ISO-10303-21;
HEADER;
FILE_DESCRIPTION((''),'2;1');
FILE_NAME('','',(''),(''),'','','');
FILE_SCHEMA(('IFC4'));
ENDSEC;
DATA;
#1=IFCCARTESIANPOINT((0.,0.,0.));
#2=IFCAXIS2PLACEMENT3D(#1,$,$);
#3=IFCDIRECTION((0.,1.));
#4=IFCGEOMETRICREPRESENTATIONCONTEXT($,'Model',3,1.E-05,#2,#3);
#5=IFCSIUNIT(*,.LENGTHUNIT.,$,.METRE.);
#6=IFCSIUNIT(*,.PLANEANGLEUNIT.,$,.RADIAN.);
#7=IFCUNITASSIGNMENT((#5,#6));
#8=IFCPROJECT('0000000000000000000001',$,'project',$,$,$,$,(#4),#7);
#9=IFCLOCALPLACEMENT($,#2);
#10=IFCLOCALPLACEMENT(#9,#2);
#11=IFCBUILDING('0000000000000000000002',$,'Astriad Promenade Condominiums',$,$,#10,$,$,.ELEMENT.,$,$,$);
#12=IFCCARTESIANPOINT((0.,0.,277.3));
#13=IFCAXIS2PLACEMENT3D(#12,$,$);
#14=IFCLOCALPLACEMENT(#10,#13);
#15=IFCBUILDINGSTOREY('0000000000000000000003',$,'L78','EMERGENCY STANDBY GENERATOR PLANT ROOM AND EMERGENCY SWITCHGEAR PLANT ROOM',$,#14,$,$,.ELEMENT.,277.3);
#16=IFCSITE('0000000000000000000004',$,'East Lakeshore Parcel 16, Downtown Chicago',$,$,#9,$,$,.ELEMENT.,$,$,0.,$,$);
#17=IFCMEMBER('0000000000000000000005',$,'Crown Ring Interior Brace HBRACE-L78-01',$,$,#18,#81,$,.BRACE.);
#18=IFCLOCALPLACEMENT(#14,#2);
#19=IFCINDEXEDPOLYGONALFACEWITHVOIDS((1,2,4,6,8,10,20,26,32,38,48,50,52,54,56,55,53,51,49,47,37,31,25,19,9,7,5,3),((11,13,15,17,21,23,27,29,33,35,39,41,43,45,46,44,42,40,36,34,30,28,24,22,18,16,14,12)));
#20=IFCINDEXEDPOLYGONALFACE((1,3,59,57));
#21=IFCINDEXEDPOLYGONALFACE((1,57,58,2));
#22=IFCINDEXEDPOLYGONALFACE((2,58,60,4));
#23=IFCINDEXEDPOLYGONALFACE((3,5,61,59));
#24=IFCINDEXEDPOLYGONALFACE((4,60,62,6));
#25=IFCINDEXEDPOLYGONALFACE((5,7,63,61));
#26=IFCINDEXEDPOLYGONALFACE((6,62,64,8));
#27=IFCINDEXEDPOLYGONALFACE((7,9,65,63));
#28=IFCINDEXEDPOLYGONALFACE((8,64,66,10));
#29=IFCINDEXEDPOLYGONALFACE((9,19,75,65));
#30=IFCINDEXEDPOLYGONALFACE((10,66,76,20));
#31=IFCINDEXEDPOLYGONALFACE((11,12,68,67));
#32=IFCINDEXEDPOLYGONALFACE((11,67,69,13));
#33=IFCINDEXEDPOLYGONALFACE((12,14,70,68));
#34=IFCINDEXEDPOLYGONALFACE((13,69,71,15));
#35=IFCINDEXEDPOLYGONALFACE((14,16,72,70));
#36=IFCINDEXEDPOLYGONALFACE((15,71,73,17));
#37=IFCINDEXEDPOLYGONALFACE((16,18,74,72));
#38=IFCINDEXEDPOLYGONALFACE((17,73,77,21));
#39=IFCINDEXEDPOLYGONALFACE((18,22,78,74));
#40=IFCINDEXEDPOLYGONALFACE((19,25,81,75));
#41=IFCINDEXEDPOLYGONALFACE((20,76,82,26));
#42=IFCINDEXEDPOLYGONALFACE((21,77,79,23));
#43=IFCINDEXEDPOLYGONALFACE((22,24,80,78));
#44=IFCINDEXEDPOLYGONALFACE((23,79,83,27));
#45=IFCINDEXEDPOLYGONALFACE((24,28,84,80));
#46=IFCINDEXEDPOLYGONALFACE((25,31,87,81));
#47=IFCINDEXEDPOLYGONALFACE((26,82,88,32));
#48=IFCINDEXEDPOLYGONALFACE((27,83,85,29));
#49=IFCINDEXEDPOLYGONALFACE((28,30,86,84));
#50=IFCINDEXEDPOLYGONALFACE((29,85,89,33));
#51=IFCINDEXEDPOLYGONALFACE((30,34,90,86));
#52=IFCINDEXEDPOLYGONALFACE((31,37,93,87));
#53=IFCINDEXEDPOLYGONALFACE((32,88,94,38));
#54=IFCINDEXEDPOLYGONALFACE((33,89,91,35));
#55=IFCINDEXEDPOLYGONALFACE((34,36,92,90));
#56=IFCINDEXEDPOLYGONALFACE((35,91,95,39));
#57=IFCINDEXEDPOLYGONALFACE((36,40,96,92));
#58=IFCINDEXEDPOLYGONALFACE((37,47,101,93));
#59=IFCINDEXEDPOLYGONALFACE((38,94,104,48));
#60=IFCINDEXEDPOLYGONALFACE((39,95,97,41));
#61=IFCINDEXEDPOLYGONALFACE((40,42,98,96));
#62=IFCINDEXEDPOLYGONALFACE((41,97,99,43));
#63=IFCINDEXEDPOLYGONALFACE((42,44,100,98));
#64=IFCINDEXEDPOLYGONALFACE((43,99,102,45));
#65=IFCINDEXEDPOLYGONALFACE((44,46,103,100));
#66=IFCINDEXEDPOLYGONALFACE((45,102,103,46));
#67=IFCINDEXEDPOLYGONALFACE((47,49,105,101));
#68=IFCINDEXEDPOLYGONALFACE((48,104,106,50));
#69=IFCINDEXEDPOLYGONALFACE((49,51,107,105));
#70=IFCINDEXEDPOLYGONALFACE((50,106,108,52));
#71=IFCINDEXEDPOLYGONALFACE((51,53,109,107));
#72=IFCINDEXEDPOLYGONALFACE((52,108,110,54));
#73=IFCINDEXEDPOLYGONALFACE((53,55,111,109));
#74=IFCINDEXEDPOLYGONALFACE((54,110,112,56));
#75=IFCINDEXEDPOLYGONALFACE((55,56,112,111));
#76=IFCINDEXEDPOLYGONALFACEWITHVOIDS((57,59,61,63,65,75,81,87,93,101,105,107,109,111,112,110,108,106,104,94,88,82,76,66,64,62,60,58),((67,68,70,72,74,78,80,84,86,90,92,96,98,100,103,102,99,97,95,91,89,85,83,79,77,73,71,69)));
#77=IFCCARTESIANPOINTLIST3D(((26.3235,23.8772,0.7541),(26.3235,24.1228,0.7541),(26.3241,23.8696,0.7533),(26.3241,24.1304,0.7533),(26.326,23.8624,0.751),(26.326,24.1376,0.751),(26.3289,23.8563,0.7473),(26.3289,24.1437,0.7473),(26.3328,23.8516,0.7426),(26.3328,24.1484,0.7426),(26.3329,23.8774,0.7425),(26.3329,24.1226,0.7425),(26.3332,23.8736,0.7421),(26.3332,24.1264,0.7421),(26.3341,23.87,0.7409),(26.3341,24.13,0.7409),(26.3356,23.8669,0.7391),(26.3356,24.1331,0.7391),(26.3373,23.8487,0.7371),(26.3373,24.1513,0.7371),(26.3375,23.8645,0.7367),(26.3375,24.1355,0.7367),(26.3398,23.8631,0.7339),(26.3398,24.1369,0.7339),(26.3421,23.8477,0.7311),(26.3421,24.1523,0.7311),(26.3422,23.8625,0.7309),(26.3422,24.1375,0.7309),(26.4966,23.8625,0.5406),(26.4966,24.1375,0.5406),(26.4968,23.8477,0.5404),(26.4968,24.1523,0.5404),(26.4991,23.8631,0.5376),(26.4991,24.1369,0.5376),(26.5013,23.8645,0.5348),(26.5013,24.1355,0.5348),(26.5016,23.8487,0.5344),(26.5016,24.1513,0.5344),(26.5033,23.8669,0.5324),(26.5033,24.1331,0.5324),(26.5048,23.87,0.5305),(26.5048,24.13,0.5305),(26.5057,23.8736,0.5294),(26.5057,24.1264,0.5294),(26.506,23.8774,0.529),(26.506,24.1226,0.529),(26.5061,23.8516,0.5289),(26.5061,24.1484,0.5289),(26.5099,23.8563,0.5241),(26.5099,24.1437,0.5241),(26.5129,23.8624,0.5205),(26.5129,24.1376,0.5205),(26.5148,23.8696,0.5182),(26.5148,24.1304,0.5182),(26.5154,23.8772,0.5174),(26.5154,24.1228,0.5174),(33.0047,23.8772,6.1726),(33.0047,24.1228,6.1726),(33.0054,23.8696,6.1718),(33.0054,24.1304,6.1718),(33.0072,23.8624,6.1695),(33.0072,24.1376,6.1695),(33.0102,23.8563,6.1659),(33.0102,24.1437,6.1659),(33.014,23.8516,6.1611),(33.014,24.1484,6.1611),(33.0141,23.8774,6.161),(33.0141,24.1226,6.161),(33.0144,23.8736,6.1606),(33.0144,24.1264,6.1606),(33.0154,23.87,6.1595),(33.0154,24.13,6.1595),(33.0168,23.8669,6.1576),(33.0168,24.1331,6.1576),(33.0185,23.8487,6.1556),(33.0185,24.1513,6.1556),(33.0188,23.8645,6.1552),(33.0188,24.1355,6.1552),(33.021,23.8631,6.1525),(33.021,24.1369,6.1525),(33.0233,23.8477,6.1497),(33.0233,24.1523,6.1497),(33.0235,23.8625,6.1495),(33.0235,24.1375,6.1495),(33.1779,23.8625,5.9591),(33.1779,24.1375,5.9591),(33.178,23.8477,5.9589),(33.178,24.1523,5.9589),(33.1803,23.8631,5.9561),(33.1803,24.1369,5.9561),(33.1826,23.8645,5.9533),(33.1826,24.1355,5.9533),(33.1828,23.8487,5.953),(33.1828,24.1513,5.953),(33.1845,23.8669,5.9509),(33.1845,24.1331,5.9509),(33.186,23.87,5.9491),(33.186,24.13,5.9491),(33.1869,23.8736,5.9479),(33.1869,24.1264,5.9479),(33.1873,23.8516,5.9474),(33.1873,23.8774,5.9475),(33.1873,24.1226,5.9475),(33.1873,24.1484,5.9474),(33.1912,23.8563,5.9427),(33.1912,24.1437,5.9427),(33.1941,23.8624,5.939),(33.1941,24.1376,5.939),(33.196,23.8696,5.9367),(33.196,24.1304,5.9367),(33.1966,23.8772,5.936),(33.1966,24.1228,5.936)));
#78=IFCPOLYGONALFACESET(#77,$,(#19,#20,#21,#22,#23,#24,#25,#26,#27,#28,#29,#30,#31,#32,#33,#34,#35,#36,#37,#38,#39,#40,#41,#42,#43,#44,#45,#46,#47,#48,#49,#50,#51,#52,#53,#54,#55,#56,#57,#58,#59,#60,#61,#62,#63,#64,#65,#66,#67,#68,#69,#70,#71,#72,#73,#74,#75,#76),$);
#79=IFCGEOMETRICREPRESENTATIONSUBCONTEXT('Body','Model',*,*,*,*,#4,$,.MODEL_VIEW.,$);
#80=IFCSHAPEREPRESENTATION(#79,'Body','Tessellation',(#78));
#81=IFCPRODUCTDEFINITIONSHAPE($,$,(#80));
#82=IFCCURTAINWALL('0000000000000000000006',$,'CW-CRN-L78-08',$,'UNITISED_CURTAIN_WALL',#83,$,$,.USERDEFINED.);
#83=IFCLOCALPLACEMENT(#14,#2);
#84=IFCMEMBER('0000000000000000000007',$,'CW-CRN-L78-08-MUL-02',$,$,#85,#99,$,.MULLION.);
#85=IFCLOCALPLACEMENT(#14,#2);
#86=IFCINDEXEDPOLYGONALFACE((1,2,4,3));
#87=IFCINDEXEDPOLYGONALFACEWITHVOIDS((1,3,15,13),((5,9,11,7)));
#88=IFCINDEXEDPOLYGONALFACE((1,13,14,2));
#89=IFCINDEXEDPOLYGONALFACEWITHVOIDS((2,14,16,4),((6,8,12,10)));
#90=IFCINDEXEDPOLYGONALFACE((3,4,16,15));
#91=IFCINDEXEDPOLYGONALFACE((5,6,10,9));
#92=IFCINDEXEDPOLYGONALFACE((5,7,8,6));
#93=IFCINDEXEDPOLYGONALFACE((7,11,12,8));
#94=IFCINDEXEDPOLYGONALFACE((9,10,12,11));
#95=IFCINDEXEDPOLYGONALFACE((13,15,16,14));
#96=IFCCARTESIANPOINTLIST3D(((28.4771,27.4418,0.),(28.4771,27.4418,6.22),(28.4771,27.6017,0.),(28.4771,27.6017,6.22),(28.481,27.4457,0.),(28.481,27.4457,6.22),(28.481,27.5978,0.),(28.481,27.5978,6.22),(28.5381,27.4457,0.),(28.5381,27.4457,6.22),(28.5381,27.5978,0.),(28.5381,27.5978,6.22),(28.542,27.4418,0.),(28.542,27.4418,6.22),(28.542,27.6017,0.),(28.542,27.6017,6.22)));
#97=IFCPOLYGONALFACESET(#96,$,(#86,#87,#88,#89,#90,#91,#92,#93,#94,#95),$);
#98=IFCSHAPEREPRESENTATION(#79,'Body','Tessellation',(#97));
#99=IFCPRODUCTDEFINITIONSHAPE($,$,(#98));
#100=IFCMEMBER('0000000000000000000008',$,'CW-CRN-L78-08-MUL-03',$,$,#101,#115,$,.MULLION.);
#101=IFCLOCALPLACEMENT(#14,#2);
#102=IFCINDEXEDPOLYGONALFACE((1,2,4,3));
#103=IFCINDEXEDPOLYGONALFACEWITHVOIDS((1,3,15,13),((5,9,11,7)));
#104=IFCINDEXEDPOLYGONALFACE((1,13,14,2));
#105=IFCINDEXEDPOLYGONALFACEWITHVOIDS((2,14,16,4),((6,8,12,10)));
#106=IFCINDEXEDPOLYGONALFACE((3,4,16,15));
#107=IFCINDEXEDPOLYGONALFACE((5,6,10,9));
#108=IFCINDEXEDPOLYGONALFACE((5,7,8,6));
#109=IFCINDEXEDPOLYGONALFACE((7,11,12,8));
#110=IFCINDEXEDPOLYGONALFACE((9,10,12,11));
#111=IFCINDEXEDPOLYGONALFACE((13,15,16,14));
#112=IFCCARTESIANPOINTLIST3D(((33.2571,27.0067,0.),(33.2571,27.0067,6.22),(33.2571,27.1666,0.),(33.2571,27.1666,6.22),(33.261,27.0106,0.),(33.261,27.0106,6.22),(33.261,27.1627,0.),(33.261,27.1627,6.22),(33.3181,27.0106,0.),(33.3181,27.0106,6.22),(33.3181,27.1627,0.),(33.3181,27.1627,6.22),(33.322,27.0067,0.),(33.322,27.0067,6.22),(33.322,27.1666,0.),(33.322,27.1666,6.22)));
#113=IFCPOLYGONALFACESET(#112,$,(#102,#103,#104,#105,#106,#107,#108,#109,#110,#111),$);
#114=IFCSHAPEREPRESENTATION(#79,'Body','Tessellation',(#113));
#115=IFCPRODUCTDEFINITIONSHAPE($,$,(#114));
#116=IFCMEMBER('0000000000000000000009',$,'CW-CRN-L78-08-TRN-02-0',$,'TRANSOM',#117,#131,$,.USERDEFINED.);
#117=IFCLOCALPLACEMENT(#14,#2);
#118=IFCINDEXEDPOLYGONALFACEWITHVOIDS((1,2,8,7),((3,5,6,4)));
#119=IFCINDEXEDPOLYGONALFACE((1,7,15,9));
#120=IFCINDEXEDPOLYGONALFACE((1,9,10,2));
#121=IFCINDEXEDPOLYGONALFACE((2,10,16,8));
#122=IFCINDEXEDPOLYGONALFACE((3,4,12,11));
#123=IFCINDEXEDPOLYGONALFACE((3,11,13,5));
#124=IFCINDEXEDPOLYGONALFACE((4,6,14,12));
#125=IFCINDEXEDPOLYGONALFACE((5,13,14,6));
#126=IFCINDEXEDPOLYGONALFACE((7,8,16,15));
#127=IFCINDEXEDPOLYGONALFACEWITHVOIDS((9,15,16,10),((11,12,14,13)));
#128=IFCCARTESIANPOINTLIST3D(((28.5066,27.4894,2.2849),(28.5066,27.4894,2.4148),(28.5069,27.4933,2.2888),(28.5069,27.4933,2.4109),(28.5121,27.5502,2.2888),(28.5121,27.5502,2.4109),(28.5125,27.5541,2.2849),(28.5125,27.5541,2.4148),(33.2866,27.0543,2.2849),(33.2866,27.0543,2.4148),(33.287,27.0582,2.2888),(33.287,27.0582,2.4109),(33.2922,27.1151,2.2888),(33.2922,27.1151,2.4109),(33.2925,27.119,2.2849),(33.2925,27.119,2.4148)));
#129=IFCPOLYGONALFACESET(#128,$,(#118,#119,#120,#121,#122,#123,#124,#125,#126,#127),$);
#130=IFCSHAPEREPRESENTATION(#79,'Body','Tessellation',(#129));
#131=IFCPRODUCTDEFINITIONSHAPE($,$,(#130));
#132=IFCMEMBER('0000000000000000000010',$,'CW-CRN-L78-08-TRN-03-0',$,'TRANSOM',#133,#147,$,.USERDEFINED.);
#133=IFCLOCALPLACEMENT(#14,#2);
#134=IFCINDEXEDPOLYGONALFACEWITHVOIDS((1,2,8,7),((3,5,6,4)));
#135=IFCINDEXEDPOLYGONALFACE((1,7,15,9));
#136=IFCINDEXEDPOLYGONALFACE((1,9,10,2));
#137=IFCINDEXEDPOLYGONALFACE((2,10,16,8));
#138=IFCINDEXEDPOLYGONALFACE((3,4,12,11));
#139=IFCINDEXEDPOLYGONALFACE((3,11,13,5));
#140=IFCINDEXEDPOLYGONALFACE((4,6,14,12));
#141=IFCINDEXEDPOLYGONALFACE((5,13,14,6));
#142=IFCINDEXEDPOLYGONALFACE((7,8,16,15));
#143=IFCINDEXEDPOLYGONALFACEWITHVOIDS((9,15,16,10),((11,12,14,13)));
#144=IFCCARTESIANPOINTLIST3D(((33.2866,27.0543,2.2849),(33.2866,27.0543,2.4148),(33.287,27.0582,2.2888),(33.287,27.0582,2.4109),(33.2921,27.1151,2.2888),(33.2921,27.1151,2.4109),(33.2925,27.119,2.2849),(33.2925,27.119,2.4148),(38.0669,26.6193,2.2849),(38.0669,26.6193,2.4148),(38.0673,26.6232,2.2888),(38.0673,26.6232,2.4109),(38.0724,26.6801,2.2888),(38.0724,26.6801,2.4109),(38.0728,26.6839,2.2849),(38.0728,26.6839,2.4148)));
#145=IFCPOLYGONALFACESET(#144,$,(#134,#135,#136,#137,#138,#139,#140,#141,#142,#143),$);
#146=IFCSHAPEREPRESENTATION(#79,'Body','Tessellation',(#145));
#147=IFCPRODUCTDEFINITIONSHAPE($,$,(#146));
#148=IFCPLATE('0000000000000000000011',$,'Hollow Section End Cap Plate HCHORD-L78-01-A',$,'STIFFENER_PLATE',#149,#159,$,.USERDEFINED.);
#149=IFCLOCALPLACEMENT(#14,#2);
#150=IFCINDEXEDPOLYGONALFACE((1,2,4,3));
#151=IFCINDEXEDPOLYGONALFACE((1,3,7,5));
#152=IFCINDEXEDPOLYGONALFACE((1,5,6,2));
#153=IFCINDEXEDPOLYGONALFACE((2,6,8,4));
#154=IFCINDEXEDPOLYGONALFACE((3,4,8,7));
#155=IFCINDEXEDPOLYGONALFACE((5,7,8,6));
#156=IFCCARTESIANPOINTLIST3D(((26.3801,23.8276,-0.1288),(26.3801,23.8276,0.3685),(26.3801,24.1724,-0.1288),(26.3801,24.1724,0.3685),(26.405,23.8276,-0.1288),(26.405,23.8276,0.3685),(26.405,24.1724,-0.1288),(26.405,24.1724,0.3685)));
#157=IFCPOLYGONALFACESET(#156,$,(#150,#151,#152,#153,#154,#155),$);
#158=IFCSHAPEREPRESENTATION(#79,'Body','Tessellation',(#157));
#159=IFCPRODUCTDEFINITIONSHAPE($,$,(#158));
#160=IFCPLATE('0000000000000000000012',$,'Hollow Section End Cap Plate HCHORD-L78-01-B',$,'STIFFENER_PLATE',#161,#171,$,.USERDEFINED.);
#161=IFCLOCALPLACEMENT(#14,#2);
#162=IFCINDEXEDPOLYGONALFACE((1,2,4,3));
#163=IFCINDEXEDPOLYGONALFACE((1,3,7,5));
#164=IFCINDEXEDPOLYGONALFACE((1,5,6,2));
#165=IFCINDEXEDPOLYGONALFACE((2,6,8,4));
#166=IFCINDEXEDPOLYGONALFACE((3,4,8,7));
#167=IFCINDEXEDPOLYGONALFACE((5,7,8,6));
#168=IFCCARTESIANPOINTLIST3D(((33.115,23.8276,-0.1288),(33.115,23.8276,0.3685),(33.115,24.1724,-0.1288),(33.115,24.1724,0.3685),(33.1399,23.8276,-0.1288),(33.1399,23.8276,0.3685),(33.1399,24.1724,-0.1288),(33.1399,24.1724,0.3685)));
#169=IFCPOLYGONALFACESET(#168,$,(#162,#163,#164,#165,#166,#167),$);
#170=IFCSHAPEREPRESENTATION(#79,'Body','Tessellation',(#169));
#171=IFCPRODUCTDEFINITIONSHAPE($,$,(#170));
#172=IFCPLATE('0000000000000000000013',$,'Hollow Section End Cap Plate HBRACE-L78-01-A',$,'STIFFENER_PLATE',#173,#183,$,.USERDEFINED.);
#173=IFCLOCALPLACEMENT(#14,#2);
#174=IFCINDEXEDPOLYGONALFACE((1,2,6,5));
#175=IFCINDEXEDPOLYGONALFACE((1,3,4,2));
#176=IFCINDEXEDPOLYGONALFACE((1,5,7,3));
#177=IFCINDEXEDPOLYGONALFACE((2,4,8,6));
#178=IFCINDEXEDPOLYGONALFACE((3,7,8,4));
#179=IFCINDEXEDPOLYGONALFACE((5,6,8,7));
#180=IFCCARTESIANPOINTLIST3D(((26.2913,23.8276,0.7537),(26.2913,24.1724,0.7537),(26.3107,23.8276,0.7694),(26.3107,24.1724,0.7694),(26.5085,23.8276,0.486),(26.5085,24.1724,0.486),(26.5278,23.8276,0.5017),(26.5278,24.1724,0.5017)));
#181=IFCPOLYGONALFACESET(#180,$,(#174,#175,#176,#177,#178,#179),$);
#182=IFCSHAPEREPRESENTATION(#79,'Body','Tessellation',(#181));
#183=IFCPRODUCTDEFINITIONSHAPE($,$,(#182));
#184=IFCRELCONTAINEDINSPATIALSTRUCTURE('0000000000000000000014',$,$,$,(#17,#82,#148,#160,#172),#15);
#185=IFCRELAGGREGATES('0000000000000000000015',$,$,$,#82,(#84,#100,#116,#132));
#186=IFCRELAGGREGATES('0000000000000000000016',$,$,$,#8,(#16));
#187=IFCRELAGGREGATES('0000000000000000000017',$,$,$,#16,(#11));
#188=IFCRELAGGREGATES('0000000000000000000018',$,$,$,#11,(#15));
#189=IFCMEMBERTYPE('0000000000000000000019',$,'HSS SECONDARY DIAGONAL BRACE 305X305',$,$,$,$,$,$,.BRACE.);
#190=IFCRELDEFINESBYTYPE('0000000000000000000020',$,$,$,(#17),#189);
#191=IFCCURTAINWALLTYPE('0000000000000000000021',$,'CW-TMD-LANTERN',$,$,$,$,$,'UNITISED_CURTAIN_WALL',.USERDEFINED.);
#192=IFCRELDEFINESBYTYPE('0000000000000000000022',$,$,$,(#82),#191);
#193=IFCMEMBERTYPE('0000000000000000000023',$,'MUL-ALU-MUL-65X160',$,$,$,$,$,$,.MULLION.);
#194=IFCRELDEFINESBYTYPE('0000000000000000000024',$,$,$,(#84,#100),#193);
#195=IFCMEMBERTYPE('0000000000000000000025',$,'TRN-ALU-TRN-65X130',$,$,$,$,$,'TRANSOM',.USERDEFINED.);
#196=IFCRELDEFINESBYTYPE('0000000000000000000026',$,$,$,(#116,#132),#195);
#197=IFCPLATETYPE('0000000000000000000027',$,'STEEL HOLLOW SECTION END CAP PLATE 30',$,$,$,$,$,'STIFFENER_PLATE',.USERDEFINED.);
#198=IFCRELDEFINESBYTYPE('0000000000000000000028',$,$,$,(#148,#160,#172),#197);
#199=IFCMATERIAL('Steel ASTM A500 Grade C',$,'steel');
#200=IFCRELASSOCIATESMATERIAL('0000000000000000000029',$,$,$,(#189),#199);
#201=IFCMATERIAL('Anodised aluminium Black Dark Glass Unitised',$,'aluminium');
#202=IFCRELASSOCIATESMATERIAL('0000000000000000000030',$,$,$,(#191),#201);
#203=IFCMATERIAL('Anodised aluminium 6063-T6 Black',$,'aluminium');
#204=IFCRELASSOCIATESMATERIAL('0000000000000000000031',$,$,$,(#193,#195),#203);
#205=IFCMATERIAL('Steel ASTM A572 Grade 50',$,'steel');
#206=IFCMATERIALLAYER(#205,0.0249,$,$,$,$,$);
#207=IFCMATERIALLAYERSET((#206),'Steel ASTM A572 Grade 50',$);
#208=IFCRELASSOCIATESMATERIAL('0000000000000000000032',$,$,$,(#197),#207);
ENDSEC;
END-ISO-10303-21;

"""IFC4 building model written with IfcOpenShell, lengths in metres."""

from ifc_helpers import new_model, si_unit, direction, frame, origin, origin_2d, place, context, subcontext, project, spatial, rectangle, hollow_rectangle, extrude, source, transform, mapped, material, layer, layer_set, material_profile, profile_set, type_object, type_shapes, element, aggregate, save


model = new_model("IFC4")

# Units and contexts
model_context = context("Model", 3, precision=1e-05, world=origin(), true_north=direction((0.0, 1.0)))
body_context = subcontext(model_context, "Body", "Model", "MODEL_VIEW")
ifc_project = project(units=[si_unit("LENGTHUNIT", "METRE"), si_unit("PLANEANGLEUNIT", "RADIAN")], contexts=[model_context])

# Site, building, storey
site_placement = place(None, origin())
site = spatial("IfcSite", under=ifc_project, at=site_placement, Name="East Lakeshore Parcel 16, Downtown Chicago", CompositionType="ELEMENT", RefElevation=0.0)
building_placement = place(site_placement, origin())
building = spatial("IfcBuilding", under=site, at=building_placement, Name="Astriad Promenade Condominiums", CompositionType="ELEMENT")
storey_placement = place(building_placement, frame((0.0, 0.0, 277.3)))
storey = spatial("IfcBuildingStorey", under=building, at=storey_placement, Name="L78", Description="EMERGENCY STANDBY GENERATOR PLANT ROOM AND EMERGENCY SWITCHGEAR PLANT ROOM", CompositionType="ELEMENT", Elevation=277.3)

# Member
ifc_material_1 = material(Name="Steel ASTM A500 Grade C", Category="steel")
ifc_material_profile_1 = material_profile(ifc_material_1, hollow_rectangle(XDim=0.3047, YDim=0.3047, WallThickness=0.0149, InnerFilletRadius=0.0149, OuterFilletRadius=0.0295, at=origin_2d()), Name="HSS305X305X15.9")
ifc_profile_set_1 = profile_set([ifc_material_profile_1], Name="Steel ASTM A500 Grade C")
member_type_1 = type_object("IfcMemberType", Name="HSS SECONDARY DIAGONAL BRACE 305X305", PredefinedType="BRACE", material=ifc_profile_set_1)
shared_shape_1 = source(origin(), body_context, "Body", "SweptSolid", [
    extrude(hollow_rectangle(XDim=0.3047, YDim=0.3047, WallThickness=0.0149, InnerFilletRadius=0.0149, OuterFilletRadius=0.0295, at=origin_2d()), origin(), (0.0, 0.0, 1.0), 8.6023),
])
type_shapes(member_type_1, [shared_shape_1])
member_1_placement = place(storey_placement, frame((26.4194, 24.0, 0.6357), z_axis=(0.776681, 0.0, 0.629894), x_axis=(0.0, 1.0, 0.0)))
element("IfcMember", 1, at=member_1_placement, inside=storey, type_object=member_type_1, Name="Crown Ring Interior Brace HBRACE-L78-01", PredefinedType="BRACE", context=body_context, shape_type="MappedRepresentation", body=[
    mapped(shared_shape_1, transform((0.0, 0.0, 0.0), scale=1.0)),
])

# Curtain wall, members
ifc_material_2 = material(Name="Anodised aluminium Black Dark Glass Unitised", Category="aluminium")
curtain_wall_type = type_object("IfcCurtainWallType", Name="CW-TMD-LANTERN", ElementType="UNITISED_CURTAIN_WALL", PredefinedType="USERDEFINED", material=ifc_material_2)
curtain_wall_placement = place(storey_placement, origin())
curtain_wall = element("IfcCurtainWall", 2, at=curtain_wall_placement, inside=storey, type_object=curtain_wall_type, Name="CW-CRN-L78-08", ObjectType="UNITISED_CURTAIN_WALL", PredefinedType="USERDEFINED")
ifc_material_3 = material(Name="Anodised aluminium 6063-T6 Black", Category="aluminium")
ifc_material_profile_2 = material_profile(ifc_material_3, hollow_rectangle(XDim=0.0649, YDim=0.1599, WallThickness=0.0039, at=origin_2d()), Name="ALU-MUL-65X160")
ifc_profile_set_2 = profile_set([ifc_material_profile_2], Name="Anodised aluminium 6063-T6 Black")
member_type_2 = type_object("IfcMemberType", Name="MUL-ALU-MUL-65X160", PredefinedType="MULLION", material=ifc_profile_set_2)
shared_shape_2 = source(origin(), body_context, "Body", "SweptSolid", [
    extrude(hollow_rectangle(XDim=0.0649, YDim=0.1599, WallThickness=0.0039, at=origin_2d()), origin(), (0.0, 0.0, 1.0), 6.22),
])
type_shapes(member_type_2, [shared_shape_2])
member_2_placement = place(storey_placement, frame((28.5095, 27.5217, 0.0), z_axis=(0.0, 0.0, 1.0), x_axis=(1.0, 0.0, 0.0)))
member_2 = element("IfcMember", 3, at=member_2_placement, type_object=member_type_2, Name="CW-CRN-L78-08-MUL-02", PredefinedType="MULLION", context=body_context, shape_type="MappedRepresentation", body=[
    mapped(shared_shape_2, transform((0.0, 0.0, 0.0), scale=1.0)),
])
member_3_placement = place(storey_placement, frame((33.2896, 27.0867, 0.0), z_axis=(0.0, 0.0, 1.0), x_axis=(1.0, 0.0, 0.0)))
member_3 = element("IfcMember", 4, at=member_3_placement, type_object=member_type_2, Name="CW-CRN-L78-08-MUL-03", PredefinedType="MULLION", context=body_context, shape_type="MappedRepresentation", body=[
    mapped(shared_shape_2, transform((0.0, 0.0, 0.0), scale=1.0)),
])
ifc_material_profile_3 = material_profile(ifc_material_3, hollow_rectangle(XDim=0.0649, YDim=0.1299, WallThickness=0.0039, at=origin_2d()), Name="ALU-TRN-65X130")
ifc_profile_set_3 = profile_set([ifc_material_profile_3], Name="Anodised aluminium 6063-T6 Black")
member_type_3 = type_object("IfcMemberType", Name="TRN-ALU-TRN-65X130", ElementType="TRANSOM", PredefinedType="USERDEFINED", material=ifc_profile_set_3)
shared_shape_3 = source(origin(), body_context, "Body", "SweptSolid", [
    extrude(hollow_rectangle(XDim=0.0649, YDim=0.1299, WallThickness=0.0039, at=origin_2d()), origin(), (0.0, 0.0, 1.0), 4.7998),
])
member_4_placement = place(storey_placement, frame((28.5095, 27.5217, 2.3499), z_axis=(0.995884, -0.090641, 0.0), x_axis=(0.090641, 0.995884, 0.0)))
member_4 = element("IfcMember", 5, at=member_4_placement, type_object=member_type_3, Name="CW-CRN-L78-08-TRN-02-0", ObjectType="TRANSOM", PredefinedType="USERDEFINED", context=body_context, shape_type="MappedRepresentation", body=[
    mapped(shared_shape_3, transform((0.0, 0.0, 0.0), scale=1.0)),
])
shared_shape_4 = source(origin(), body_context, "Body", "SweptSolid", [
    extrude(hollow_rectangle(XDim=0.0649, YDim=0.1299, WallThickness=0.0039, at=origin_2d()), origin(), (0.0, 0.0, 1.0), 4.8),
])
type_shapes(member_type_3, [shared_shape_3, shared_shape_4])
member_5_placement = place(storey_placement, frame((33.2896, 27.0867, 2.3499), z_axis=(0.995884, -0.090637, 0.0), x_axis=(0.090637, 0.995884, 0.0)))
member_5 = element("IfcMember", 6, at=member_5_placement, type_object=member_type_3, Name="CW-CRN-L78-08-TRN-03-0", ObjectType="TRANSOM", PredefinedType="USERDEFINED", context=body_context, shape_type="MappedRepresentation", body=[
    mapped(shared_shape_4, transform((0.0, 0.0, 0.0), scale=1.0)),
])

# Plates
ifc_material_4 = material(Name="Steel ASTM A572 Grade 50", Category="steel")
ifc_layer_1 = layer(ifc_material_4, 0.0249)
ifc_layer_set_1 = layer_set([ifc_layer_1], Name="Steel ASTM A572 Grade 50")
plate_type_1 = type_object("IfcPlateType", Name="STEEL HOLLOW SECTION END CAP PLATE 30", ElementType="STIFFENER_PLATE", PredefinedType="USERDEFINED", material=ifc_layer_set_1)
shared_shape_5 = source(origin(), body_context, "Body", "SweptSolid", [
    extrude(rectangle(XDim=0.3447, YDim=0.4973, at=origin_2d()), origin(), (0.0, 0.0, 1.0), 0.0249),
])
for number, where, z_axis, x_axis, name in (
    (7, (26.3801, 24.0, 0.1199), (1.0, 0.0, 0.0), (0.0, 1.0, 0.0), "Hollow Section End Cap Plate HCHORD-L78-01-A"),
    (8, (33.115, 24.0, 0.1199), (1.0, 0.0, 0.0), (0.0, 1.0, 0.0), "Hollow Section End Cap Plate HCHORD-L78-01-B"),
):
    element("IfcPlate", number, at=place(storey_placement, frame(where, z_axis=z_axis, x_axis=x_axis)), inside=storey, type_object=plate_type_1, Name=name, ObjectType="STIFFENER_PLATE", PredefinedType="USERDEFINED", context=body_context, shape_type="MappedRepresentation", body=[
        mapped(shared_shape_5, transform((0.0, 0.0, 0.0), scale=1.0)),
    ])
shared_shape_6 = source(origin(), body_context, "Body", "SweptSolid", [
    extrude(rectangle(XDim=0.3447, YDim=0.3447, at=origin_2d()), origin(), (0.0, 0.0, 1.0), 0.0249),
])
type_shapes(plate_type_1, [shared_shape_5, shared_shape_6])
for number, where, z_axis, x_axis, name in (
    (9, (26.3999, 24.0, 0.6199), (0.776676, 0.0, 0.629901), (0.0, 1.0, 0.0), "Hollow Section End Cap Plate HBRACE-L78-01-A"),
):
    element("IfcPlate", number, at=place(storey_placement, frame(where, z_axis=z_axis, x_axis=x_axis)), inside=storey, type_object=plate_type_1, Name=name, ObjectType="STIFFENER_PLATE", PredefinedType="USERDEFINED", context=body_context, shape_type="MappedRepresentation", body=[
        mapped(shared_shape_6, transform((0.0, 0.0, 0.0), scale=1.0)),
    ])

aggregate(curtain_wall, [member_2, member_3, member_4, member_5])

save(model, "model.ifc")
